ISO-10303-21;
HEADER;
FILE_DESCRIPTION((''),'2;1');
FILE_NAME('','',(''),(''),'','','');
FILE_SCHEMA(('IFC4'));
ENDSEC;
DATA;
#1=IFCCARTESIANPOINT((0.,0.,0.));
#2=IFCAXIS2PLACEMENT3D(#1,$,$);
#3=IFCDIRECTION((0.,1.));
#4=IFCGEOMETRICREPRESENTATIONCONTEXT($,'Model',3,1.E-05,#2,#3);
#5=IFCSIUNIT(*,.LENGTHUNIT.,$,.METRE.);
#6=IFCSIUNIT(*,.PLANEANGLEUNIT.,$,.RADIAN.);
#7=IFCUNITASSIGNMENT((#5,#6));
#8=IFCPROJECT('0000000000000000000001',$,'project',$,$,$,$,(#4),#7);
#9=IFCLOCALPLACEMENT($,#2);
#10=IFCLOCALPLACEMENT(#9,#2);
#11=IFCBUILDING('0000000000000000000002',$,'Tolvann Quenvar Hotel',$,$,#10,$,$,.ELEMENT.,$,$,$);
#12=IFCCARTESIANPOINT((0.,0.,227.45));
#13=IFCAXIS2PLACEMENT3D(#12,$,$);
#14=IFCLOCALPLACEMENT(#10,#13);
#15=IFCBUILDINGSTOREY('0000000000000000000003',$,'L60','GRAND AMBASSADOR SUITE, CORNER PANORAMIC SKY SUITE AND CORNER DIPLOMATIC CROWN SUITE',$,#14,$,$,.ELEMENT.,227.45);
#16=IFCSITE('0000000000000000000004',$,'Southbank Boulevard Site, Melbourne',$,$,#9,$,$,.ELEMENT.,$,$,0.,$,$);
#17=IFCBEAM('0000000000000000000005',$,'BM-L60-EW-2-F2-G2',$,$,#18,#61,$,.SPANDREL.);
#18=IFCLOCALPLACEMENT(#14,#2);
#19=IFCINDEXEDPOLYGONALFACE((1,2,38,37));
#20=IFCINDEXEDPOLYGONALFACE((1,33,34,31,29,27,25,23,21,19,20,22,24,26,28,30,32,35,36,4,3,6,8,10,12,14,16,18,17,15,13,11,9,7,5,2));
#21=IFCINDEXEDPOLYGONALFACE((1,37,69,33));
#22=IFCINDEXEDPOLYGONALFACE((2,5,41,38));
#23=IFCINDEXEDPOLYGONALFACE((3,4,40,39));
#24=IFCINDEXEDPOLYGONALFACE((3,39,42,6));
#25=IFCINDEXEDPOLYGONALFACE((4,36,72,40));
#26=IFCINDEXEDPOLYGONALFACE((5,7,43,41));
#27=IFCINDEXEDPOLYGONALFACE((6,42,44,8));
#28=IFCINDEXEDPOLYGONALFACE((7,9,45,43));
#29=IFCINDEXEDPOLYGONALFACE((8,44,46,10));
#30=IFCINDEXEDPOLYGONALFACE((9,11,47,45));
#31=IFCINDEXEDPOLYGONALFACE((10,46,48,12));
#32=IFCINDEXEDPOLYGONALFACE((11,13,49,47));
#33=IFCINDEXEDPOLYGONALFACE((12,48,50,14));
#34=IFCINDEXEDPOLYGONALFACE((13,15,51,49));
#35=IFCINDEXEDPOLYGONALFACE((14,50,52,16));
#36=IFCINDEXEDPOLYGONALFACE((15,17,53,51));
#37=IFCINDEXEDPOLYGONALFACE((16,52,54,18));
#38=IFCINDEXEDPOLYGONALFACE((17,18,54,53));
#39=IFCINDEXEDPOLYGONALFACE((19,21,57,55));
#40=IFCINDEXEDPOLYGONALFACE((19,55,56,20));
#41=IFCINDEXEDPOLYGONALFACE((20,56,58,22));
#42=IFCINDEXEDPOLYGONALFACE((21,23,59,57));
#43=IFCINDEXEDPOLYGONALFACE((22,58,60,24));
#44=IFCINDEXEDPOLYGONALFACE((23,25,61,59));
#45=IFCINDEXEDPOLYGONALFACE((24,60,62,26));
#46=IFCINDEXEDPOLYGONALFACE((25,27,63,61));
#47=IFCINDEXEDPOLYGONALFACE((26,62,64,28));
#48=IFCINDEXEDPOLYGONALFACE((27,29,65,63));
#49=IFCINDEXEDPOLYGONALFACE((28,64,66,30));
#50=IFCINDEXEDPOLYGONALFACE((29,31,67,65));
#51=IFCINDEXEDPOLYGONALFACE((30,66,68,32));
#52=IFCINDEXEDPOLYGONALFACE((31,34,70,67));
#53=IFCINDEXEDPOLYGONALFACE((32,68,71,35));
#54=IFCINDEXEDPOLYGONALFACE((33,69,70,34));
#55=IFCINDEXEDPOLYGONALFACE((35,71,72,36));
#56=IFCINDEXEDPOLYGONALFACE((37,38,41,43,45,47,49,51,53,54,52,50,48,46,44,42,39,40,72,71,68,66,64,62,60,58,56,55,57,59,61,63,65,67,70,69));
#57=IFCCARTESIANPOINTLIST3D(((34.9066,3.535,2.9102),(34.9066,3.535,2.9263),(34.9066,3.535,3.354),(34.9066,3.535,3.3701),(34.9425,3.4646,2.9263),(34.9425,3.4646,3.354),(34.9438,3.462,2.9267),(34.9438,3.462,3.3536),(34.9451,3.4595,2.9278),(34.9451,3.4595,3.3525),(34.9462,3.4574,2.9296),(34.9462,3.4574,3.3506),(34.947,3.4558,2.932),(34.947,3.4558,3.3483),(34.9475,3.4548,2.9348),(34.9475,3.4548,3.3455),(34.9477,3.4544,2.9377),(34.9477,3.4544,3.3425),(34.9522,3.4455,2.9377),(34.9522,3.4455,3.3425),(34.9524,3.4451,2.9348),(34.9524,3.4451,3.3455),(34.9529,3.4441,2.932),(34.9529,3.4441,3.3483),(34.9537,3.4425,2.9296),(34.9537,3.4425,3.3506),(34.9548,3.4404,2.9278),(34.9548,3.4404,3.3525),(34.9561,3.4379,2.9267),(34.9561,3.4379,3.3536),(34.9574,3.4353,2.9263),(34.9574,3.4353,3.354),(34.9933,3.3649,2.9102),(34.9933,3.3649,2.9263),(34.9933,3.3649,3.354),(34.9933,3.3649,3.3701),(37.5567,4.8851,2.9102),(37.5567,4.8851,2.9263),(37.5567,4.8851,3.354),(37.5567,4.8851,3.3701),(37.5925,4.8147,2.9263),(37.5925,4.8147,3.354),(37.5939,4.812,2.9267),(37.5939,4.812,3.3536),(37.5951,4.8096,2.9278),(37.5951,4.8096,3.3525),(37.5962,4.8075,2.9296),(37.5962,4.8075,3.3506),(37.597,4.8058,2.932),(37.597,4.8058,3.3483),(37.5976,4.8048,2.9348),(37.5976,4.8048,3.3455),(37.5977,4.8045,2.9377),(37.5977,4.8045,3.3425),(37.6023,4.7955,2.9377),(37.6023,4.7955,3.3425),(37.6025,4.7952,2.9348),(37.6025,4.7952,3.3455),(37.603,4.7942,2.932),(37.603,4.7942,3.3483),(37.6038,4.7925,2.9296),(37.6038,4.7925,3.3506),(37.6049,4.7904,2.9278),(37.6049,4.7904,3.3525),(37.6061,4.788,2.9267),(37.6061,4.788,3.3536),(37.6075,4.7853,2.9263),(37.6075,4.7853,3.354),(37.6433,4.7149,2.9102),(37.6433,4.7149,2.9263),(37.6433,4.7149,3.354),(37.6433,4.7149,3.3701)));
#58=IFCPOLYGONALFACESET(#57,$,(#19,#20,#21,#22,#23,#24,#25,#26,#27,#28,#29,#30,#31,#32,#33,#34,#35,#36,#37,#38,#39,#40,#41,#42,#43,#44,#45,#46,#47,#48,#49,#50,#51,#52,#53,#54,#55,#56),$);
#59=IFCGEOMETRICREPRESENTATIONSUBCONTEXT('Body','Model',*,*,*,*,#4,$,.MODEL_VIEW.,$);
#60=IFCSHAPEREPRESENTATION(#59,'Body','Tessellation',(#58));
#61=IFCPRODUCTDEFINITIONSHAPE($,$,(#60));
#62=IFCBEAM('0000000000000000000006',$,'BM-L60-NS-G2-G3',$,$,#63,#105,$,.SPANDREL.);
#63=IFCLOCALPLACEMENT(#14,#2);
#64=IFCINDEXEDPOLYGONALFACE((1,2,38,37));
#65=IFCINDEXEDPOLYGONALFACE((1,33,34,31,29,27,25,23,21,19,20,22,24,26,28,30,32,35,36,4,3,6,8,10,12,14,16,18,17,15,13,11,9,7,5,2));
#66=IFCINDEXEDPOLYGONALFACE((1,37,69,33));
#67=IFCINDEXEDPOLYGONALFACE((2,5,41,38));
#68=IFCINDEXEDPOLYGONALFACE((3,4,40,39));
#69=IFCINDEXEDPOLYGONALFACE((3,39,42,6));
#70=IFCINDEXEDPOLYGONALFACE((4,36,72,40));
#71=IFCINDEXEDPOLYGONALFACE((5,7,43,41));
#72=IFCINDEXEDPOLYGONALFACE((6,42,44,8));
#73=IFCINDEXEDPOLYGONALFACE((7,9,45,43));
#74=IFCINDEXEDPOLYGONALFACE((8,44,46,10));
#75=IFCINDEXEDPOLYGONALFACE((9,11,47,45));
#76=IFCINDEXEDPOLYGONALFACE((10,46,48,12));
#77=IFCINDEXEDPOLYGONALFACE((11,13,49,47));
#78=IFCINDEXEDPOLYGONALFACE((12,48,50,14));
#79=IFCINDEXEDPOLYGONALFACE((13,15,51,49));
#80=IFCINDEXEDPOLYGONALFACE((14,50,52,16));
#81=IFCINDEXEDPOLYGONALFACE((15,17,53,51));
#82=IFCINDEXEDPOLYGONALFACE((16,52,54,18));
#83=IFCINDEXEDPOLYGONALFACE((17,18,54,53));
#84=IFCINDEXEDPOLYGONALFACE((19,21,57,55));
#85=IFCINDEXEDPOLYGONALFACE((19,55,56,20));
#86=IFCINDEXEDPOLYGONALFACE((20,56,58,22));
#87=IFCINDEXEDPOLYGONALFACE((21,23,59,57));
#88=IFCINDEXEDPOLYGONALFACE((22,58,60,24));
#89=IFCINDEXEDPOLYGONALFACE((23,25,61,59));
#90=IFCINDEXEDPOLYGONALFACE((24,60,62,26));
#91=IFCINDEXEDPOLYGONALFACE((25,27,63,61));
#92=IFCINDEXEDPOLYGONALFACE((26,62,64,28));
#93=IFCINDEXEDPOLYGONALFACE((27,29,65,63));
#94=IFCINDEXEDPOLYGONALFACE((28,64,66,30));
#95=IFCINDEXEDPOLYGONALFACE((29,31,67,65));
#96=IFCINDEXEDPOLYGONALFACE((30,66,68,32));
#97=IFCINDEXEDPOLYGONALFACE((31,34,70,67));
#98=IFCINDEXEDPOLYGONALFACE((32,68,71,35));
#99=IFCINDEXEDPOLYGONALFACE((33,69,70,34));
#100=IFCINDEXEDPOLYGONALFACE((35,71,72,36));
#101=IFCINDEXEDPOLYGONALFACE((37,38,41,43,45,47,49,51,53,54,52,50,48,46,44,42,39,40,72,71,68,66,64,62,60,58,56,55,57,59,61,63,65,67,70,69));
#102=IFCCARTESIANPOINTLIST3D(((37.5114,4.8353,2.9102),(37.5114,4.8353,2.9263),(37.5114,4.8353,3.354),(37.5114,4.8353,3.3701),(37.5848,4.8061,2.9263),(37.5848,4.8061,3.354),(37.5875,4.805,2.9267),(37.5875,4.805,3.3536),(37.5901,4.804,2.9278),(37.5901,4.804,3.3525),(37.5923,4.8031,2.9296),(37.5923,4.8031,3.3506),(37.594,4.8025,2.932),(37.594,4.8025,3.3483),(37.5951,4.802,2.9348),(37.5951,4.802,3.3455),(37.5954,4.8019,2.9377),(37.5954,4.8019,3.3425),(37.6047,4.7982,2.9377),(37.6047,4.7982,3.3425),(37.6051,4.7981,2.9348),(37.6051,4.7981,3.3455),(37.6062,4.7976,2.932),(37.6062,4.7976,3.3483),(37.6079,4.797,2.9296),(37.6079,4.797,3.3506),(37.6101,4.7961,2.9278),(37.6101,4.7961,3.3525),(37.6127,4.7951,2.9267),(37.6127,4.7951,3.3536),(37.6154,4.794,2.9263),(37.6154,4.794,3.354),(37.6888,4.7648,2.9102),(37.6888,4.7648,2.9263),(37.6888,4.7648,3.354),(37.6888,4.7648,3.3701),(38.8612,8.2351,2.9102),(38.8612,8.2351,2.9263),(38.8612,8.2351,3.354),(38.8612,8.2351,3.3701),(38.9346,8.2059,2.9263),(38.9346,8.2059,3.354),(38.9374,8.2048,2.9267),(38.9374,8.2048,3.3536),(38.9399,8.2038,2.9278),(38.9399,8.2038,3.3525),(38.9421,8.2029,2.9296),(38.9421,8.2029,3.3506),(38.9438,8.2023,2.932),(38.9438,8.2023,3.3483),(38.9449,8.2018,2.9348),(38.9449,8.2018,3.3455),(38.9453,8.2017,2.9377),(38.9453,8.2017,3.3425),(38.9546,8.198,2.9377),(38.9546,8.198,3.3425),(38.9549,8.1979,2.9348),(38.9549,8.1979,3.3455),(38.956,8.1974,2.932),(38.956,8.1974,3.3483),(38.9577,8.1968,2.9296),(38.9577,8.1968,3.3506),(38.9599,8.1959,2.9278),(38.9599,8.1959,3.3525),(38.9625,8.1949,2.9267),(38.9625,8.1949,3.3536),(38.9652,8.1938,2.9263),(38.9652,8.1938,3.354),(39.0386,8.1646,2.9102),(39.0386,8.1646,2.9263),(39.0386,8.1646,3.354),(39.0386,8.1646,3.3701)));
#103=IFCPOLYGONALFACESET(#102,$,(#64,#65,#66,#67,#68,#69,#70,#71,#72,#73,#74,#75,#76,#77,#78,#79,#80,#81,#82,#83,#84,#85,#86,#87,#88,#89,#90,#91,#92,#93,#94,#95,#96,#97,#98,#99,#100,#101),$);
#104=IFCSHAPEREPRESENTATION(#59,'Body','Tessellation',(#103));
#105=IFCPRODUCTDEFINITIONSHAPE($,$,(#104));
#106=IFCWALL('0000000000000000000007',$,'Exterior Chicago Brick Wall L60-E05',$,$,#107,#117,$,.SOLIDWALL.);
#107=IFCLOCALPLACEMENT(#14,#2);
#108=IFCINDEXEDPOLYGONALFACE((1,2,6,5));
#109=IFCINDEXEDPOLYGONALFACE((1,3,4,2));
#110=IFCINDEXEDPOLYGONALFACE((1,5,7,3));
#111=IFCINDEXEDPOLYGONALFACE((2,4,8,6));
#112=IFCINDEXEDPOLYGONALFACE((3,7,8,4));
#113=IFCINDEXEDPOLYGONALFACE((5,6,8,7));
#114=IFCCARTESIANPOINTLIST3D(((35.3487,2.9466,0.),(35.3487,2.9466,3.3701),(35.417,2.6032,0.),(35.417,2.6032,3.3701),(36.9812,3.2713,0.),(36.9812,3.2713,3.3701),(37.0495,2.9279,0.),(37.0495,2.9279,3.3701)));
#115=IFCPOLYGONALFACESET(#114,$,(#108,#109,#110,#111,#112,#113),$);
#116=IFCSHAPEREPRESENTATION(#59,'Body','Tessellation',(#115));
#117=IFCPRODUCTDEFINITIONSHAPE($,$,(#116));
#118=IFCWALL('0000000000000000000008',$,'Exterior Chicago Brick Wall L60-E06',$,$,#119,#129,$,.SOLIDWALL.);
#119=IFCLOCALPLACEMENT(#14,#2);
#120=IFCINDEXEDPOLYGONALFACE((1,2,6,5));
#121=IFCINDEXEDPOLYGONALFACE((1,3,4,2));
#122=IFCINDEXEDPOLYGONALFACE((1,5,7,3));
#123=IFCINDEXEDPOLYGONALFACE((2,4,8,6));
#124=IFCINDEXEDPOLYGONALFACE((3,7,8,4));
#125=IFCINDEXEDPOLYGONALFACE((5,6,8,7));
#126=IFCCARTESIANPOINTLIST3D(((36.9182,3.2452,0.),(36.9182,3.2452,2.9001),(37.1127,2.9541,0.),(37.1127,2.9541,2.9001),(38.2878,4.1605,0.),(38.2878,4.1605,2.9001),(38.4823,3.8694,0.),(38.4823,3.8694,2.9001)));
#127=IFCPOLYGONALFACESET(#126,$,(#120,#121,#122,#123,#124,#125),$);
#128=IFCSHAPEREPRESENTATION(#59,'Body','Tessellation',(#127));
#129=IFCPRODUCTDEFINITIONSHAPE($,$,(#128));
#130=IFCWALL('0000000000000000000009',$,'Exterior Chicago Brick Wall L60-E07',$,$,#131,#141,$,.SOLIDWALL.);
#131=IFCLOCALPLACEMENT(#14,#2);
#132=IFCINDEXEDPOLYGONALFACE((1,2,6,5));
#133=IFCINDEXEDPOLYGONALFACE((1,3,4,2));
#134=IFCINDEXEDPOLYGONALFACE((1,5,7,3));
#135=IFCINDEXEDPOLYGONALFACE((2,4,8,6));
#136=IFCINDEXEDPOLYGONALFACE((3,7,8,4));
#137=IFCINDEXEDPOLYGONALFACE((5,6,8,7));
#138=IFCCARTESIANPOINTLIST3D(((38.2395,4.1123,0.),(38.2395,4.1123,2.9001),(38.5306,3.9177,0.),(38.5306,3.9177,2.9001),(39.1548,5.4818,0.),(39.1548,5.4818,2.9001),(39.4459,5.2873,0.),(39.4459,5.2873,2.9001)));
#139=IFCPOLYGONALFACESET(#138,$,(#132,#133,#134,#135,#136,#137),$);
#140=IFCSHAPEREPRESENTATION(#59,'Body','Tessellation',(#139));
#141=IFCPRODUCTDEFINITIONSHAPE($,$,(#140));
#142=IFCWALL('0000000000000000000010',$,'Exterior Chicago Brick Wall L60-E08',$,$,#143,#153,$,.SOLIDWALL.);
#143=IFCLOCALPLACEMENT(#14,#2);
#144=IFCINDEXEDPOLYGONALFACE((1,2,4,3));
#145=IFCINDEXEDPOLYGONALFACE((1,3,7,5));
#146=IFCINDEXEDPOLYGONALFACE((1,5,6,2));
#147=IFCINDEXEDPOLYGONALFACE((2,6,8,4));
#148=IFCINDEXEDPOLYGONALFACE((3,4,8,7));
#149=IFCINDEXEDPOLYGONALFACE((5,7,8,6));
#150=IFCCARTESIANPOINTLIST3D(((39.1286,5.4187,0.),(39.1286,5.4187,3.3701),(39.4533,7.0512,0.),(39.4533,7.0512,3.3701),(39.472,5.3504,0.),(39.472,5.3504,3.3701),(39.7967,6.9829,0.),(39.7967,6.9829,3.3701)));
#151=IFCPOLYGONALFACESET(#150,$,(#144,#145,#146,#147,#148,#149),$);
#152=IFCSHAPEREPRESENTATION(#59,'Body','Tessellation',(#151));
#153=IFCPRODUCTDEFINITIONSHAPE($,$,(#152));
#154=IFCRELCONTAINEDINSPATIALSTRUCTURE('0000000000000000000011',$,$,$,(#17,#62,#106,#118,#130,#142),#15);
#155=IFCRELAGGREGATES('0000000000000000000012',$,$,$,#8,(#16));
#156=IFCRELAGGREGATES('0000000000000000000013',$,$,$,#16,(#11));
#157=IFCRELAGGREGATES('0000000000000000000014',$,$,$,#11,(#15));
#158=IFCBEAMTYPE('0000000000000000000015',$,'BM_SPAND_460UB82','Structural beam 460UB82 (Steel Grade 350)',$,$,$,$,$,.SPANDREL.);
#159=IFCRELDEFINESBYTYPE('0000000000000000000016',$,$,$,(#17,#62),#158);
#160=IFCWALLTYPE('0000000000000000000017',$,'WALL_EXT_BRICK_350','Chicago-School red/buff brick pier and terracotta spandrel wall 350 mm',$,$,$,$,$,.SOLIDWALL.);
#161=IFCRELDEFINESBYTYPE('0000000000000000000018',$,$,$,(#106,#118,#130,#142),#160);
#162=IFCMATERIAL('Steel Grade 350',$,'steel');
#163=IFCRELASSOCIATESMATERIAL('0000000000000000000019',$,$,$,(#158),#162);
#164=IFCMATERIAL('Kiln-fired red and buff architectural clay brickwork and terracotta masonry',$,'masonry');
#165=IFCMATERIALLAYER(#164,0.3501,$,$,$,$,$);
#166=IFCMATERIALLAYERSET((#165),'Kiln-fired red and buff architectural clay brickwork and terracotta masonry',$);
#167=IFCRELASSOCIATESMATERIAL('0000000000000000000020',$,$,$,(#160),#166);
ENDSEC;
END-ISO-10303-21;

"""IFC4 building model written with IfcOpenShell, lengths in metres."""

from ifc_helpers import new_model, si_unit, direction, frame, frame_2d, origin, origin_2d, place, context, subcontext, project, spatial, rectangle, i_section, extrude, source, transform, mapped, material, layer, layer_set, material_profile, profile_set, type_object, element, save


model = new_model("IFC4")

# Units and contexts
model_context = context("Model", 3, precision=1e-05, world=origin(), true_north=direction((0.0, 1.0)))
body_context = subcontext(model_context, "Body", "Model", "MODEL_VIEW")
ifc_project = project(units=[si_unit("LENGTHUNIT", "METRE"), si_unit("PLANEANGLEUNIT", "RADIAN")], contexts=[model_context])

# Site, building, storey
site_placement = place(None, origin())
site = spatial("IfcSite", under=ifc_project, at=site_placement, Name="Southbank Boulevard Site, Melbourne", CompositionType="ELEMENT", RefElevation=0.0)
building_placement = place(site_placement, origin())
building = spatial("IfcBuilding", under=site, at=building_placement, Name="Tolvann Quenvar Hotel", CompositionType="ELEMENT")
storey_placement = place(building_placement, frame((0.0, 0.0, 227.45)))
storey = spatial("IfcBuildingStorey", under=building, at=storey_placement, Name="L60", Description="GRAND AMBASSADOR SUITE, CORNER PANORAMIC SKY SUITE AND CORNER DIPLOMATIC CROWN SUITE", CompositionType="ELEMENT", Elevation=227.45)

# Shared definitions
ifc_material_1 = material(Name="Steel Grade 350", Category="steel")

# Beams
ifc_material_profile_1 = material_profile(ifc_material_1, i_section(OverallWidth=0.1909, OverallDepth=0.46, WebThickness=0.01, FlangeThickness=0.0161, FilletRadius=0.0115, at=origin_2d()), Name="460UB82")
ifc_profile_set_1 = profile_set([ifc_material_profile_1], Name="Steel Grade 350")
beam_type_1 = type_object("IfcBeamType", Name="BM_SPAND_460UB82", Description="Structural beam 460UB82 (Steel Grade 350)", PredefinedType="SPANDREL", material=ifc_profile_set_1)
shared_shape_1 = source(origin(), body_context, "Body", "SweptSolid", [
    extrude(i_section(OverallWidth=0.1909, OverallDepth=0.46, WebThickness=0.01, FlangeThickness=0.0161, FilletRadius=0.0115, at=origin_2d()), origin(), (0.0, 0.0, 1.0), 2.9741),
])
beam_1_placement = place(storey_placement, frame((34.95, 3.45, 3.1401), z_axis=(0.891036, 0.453932, 0.0), x_axis=(-0.453932, 0.891036, 0.0)))
element("IfcBeam", 1, at=beam_1_placement, inside=storey, type_object=beam_type_1, Name="BM-L60-EW-2-F2-G2", PredefinedType="SPANDREL", context=body_context, shape_type="MappedRepresentation", body=[
    mapped(shared_shape_1, transform((0.0, 0.0, 0.0), x_axis=(1.0, 0.0, 0.0), y_axis=(0.0, 1.0, 0.0), z_axis=(0.0, 0.0, 1.0), scale=1.0)),
])
shared_shape_2 = source(origin(), body_context, "Body", "SweptSolid", [
    extrude(i_section(OverallWidth=0.1909, OverallDepth=0.46, WebThickness=0.01, FlangeThickness=0.0161, FilletRadius=0.0115, at=origin_2d()), origin(), (0.0, 0.0, 1.0), 3.658),
])
beam_2_placement = place(storey_placement, frame((37.6001, 4.8, 3.1401), z_axis=(0.369008, 0.929426, 0.0), x_axis=(-0.929426, 0.369008, 0.0)))
element("IfcBeam", 2, at=beam_2_placement, inside=storey, type_object=beam_type_1, Name="BM-L60-NS-G2-G3", PredefinedType="SPANDREL", context=body_context, shape_type="MappedRepresentation", body=[
    mapped(shared_shape_2, transform((0.0, 0.0, 0.0), x_axis=(1.0, 0.0, 0.0), y_axis=(0.0, 1.0, 0.0), z_axis=(0.0, 0.0, 1.0), scale=1.0)),
])

# Walls
ifc_material_2 = material(Name="Kiln-fired red and buff architectural clay brickwork and terracotta masonry", Category="masonry")
ifc_layer_1 = layer(ifc_material_2, 0.3501)
ifc_layer_set_1 = layer_set([ifc_layer_1], Name="Kiln-fired red and buff architectural clay brickwork and terracotta masonry")
wall_type_1 = type_object("IfcWallType", Name="WALL_EXT_BRICK_350", Description="Chicago-School red/buff brick pier and terracotta spandrel wall 350 mm", PredefinedType="SOLIDWALL", material=ifc_layer_set_1)
wall_1_placement = place(storey_placement, frame((35.3828, 2.7749, 0.0), z_axis=(0.0, 0.0, 1.0), x_axis=(0.980789, 0.195072, 0.0)))
element("IfcWall", 3, at=wall_1_placement, inside=storey, type_object=wall_type_1, Name="Exterior Chicago Brick Wall L60-E05", PredefinedType="SOLIDWALL", context=body_context, shape_type="SweptSolid", body=[
    extrude(rectangle(XDim=1.6646, YDim=0.3501, at=frame_2d((0.8323, 0.0))), origin(), (0.0, 0.0, 1.0), 3.3701),
])
for number, where, z_axis, x_axis, name in (
    (4, (37.0154, 3.0996, 0.0), (0.0, 0.0, 1.0), (0.831434, 0.555623, 0.0), "Exterior Chicago Brick Wall L60-E06"),
    (5, (38.385, 4.0149, 0.0), (0.0, 0.0, 1.0), (0.555623, 0.831434, 0.0), "Exterior Chicago Brick Wall L60-E07"),
):
    element("IfcWall", number, at=place(storey_placement, frame(where, z_axis=z_axis, x_axis=x_axis)), inside=storey, type_object=wall_type_1, Name=name, PredefinedType="SOLIDWALL", context=body_context, shape_type="SweptSolid", body=[
        extrude(rectangle(XDim=1.6472, YDim=0.3501, at=frame_2d((0.8237, 0.0))), origin(), (0.0, 0.0, 1.0), 2.9001),
    ])
wall_2_placement = place(storey_placement, frame((39.3003, 5.3845, 0.0), z_axis=(0.0, 0.0, 1.0), x_axis=(0.195072, 0.980789, 0.0)))
element("IfcWall", 6, at=wall_2_placement, inside=storey, type_object=wall_type_1, Name="Exterior Chicago Brick Wall L60-E08", PredefinedType="SOLIDWALL", context=body_context, shape_type="SweptSolid", body=[
    extrude(rectangle(XDim=1.6646, YDim=0.3501, at=frame_2d((0.8323, 0.0))), origin(), (0.0, 0.0, 1.0), 3.3701),
])

save(model, "model.ifc")
